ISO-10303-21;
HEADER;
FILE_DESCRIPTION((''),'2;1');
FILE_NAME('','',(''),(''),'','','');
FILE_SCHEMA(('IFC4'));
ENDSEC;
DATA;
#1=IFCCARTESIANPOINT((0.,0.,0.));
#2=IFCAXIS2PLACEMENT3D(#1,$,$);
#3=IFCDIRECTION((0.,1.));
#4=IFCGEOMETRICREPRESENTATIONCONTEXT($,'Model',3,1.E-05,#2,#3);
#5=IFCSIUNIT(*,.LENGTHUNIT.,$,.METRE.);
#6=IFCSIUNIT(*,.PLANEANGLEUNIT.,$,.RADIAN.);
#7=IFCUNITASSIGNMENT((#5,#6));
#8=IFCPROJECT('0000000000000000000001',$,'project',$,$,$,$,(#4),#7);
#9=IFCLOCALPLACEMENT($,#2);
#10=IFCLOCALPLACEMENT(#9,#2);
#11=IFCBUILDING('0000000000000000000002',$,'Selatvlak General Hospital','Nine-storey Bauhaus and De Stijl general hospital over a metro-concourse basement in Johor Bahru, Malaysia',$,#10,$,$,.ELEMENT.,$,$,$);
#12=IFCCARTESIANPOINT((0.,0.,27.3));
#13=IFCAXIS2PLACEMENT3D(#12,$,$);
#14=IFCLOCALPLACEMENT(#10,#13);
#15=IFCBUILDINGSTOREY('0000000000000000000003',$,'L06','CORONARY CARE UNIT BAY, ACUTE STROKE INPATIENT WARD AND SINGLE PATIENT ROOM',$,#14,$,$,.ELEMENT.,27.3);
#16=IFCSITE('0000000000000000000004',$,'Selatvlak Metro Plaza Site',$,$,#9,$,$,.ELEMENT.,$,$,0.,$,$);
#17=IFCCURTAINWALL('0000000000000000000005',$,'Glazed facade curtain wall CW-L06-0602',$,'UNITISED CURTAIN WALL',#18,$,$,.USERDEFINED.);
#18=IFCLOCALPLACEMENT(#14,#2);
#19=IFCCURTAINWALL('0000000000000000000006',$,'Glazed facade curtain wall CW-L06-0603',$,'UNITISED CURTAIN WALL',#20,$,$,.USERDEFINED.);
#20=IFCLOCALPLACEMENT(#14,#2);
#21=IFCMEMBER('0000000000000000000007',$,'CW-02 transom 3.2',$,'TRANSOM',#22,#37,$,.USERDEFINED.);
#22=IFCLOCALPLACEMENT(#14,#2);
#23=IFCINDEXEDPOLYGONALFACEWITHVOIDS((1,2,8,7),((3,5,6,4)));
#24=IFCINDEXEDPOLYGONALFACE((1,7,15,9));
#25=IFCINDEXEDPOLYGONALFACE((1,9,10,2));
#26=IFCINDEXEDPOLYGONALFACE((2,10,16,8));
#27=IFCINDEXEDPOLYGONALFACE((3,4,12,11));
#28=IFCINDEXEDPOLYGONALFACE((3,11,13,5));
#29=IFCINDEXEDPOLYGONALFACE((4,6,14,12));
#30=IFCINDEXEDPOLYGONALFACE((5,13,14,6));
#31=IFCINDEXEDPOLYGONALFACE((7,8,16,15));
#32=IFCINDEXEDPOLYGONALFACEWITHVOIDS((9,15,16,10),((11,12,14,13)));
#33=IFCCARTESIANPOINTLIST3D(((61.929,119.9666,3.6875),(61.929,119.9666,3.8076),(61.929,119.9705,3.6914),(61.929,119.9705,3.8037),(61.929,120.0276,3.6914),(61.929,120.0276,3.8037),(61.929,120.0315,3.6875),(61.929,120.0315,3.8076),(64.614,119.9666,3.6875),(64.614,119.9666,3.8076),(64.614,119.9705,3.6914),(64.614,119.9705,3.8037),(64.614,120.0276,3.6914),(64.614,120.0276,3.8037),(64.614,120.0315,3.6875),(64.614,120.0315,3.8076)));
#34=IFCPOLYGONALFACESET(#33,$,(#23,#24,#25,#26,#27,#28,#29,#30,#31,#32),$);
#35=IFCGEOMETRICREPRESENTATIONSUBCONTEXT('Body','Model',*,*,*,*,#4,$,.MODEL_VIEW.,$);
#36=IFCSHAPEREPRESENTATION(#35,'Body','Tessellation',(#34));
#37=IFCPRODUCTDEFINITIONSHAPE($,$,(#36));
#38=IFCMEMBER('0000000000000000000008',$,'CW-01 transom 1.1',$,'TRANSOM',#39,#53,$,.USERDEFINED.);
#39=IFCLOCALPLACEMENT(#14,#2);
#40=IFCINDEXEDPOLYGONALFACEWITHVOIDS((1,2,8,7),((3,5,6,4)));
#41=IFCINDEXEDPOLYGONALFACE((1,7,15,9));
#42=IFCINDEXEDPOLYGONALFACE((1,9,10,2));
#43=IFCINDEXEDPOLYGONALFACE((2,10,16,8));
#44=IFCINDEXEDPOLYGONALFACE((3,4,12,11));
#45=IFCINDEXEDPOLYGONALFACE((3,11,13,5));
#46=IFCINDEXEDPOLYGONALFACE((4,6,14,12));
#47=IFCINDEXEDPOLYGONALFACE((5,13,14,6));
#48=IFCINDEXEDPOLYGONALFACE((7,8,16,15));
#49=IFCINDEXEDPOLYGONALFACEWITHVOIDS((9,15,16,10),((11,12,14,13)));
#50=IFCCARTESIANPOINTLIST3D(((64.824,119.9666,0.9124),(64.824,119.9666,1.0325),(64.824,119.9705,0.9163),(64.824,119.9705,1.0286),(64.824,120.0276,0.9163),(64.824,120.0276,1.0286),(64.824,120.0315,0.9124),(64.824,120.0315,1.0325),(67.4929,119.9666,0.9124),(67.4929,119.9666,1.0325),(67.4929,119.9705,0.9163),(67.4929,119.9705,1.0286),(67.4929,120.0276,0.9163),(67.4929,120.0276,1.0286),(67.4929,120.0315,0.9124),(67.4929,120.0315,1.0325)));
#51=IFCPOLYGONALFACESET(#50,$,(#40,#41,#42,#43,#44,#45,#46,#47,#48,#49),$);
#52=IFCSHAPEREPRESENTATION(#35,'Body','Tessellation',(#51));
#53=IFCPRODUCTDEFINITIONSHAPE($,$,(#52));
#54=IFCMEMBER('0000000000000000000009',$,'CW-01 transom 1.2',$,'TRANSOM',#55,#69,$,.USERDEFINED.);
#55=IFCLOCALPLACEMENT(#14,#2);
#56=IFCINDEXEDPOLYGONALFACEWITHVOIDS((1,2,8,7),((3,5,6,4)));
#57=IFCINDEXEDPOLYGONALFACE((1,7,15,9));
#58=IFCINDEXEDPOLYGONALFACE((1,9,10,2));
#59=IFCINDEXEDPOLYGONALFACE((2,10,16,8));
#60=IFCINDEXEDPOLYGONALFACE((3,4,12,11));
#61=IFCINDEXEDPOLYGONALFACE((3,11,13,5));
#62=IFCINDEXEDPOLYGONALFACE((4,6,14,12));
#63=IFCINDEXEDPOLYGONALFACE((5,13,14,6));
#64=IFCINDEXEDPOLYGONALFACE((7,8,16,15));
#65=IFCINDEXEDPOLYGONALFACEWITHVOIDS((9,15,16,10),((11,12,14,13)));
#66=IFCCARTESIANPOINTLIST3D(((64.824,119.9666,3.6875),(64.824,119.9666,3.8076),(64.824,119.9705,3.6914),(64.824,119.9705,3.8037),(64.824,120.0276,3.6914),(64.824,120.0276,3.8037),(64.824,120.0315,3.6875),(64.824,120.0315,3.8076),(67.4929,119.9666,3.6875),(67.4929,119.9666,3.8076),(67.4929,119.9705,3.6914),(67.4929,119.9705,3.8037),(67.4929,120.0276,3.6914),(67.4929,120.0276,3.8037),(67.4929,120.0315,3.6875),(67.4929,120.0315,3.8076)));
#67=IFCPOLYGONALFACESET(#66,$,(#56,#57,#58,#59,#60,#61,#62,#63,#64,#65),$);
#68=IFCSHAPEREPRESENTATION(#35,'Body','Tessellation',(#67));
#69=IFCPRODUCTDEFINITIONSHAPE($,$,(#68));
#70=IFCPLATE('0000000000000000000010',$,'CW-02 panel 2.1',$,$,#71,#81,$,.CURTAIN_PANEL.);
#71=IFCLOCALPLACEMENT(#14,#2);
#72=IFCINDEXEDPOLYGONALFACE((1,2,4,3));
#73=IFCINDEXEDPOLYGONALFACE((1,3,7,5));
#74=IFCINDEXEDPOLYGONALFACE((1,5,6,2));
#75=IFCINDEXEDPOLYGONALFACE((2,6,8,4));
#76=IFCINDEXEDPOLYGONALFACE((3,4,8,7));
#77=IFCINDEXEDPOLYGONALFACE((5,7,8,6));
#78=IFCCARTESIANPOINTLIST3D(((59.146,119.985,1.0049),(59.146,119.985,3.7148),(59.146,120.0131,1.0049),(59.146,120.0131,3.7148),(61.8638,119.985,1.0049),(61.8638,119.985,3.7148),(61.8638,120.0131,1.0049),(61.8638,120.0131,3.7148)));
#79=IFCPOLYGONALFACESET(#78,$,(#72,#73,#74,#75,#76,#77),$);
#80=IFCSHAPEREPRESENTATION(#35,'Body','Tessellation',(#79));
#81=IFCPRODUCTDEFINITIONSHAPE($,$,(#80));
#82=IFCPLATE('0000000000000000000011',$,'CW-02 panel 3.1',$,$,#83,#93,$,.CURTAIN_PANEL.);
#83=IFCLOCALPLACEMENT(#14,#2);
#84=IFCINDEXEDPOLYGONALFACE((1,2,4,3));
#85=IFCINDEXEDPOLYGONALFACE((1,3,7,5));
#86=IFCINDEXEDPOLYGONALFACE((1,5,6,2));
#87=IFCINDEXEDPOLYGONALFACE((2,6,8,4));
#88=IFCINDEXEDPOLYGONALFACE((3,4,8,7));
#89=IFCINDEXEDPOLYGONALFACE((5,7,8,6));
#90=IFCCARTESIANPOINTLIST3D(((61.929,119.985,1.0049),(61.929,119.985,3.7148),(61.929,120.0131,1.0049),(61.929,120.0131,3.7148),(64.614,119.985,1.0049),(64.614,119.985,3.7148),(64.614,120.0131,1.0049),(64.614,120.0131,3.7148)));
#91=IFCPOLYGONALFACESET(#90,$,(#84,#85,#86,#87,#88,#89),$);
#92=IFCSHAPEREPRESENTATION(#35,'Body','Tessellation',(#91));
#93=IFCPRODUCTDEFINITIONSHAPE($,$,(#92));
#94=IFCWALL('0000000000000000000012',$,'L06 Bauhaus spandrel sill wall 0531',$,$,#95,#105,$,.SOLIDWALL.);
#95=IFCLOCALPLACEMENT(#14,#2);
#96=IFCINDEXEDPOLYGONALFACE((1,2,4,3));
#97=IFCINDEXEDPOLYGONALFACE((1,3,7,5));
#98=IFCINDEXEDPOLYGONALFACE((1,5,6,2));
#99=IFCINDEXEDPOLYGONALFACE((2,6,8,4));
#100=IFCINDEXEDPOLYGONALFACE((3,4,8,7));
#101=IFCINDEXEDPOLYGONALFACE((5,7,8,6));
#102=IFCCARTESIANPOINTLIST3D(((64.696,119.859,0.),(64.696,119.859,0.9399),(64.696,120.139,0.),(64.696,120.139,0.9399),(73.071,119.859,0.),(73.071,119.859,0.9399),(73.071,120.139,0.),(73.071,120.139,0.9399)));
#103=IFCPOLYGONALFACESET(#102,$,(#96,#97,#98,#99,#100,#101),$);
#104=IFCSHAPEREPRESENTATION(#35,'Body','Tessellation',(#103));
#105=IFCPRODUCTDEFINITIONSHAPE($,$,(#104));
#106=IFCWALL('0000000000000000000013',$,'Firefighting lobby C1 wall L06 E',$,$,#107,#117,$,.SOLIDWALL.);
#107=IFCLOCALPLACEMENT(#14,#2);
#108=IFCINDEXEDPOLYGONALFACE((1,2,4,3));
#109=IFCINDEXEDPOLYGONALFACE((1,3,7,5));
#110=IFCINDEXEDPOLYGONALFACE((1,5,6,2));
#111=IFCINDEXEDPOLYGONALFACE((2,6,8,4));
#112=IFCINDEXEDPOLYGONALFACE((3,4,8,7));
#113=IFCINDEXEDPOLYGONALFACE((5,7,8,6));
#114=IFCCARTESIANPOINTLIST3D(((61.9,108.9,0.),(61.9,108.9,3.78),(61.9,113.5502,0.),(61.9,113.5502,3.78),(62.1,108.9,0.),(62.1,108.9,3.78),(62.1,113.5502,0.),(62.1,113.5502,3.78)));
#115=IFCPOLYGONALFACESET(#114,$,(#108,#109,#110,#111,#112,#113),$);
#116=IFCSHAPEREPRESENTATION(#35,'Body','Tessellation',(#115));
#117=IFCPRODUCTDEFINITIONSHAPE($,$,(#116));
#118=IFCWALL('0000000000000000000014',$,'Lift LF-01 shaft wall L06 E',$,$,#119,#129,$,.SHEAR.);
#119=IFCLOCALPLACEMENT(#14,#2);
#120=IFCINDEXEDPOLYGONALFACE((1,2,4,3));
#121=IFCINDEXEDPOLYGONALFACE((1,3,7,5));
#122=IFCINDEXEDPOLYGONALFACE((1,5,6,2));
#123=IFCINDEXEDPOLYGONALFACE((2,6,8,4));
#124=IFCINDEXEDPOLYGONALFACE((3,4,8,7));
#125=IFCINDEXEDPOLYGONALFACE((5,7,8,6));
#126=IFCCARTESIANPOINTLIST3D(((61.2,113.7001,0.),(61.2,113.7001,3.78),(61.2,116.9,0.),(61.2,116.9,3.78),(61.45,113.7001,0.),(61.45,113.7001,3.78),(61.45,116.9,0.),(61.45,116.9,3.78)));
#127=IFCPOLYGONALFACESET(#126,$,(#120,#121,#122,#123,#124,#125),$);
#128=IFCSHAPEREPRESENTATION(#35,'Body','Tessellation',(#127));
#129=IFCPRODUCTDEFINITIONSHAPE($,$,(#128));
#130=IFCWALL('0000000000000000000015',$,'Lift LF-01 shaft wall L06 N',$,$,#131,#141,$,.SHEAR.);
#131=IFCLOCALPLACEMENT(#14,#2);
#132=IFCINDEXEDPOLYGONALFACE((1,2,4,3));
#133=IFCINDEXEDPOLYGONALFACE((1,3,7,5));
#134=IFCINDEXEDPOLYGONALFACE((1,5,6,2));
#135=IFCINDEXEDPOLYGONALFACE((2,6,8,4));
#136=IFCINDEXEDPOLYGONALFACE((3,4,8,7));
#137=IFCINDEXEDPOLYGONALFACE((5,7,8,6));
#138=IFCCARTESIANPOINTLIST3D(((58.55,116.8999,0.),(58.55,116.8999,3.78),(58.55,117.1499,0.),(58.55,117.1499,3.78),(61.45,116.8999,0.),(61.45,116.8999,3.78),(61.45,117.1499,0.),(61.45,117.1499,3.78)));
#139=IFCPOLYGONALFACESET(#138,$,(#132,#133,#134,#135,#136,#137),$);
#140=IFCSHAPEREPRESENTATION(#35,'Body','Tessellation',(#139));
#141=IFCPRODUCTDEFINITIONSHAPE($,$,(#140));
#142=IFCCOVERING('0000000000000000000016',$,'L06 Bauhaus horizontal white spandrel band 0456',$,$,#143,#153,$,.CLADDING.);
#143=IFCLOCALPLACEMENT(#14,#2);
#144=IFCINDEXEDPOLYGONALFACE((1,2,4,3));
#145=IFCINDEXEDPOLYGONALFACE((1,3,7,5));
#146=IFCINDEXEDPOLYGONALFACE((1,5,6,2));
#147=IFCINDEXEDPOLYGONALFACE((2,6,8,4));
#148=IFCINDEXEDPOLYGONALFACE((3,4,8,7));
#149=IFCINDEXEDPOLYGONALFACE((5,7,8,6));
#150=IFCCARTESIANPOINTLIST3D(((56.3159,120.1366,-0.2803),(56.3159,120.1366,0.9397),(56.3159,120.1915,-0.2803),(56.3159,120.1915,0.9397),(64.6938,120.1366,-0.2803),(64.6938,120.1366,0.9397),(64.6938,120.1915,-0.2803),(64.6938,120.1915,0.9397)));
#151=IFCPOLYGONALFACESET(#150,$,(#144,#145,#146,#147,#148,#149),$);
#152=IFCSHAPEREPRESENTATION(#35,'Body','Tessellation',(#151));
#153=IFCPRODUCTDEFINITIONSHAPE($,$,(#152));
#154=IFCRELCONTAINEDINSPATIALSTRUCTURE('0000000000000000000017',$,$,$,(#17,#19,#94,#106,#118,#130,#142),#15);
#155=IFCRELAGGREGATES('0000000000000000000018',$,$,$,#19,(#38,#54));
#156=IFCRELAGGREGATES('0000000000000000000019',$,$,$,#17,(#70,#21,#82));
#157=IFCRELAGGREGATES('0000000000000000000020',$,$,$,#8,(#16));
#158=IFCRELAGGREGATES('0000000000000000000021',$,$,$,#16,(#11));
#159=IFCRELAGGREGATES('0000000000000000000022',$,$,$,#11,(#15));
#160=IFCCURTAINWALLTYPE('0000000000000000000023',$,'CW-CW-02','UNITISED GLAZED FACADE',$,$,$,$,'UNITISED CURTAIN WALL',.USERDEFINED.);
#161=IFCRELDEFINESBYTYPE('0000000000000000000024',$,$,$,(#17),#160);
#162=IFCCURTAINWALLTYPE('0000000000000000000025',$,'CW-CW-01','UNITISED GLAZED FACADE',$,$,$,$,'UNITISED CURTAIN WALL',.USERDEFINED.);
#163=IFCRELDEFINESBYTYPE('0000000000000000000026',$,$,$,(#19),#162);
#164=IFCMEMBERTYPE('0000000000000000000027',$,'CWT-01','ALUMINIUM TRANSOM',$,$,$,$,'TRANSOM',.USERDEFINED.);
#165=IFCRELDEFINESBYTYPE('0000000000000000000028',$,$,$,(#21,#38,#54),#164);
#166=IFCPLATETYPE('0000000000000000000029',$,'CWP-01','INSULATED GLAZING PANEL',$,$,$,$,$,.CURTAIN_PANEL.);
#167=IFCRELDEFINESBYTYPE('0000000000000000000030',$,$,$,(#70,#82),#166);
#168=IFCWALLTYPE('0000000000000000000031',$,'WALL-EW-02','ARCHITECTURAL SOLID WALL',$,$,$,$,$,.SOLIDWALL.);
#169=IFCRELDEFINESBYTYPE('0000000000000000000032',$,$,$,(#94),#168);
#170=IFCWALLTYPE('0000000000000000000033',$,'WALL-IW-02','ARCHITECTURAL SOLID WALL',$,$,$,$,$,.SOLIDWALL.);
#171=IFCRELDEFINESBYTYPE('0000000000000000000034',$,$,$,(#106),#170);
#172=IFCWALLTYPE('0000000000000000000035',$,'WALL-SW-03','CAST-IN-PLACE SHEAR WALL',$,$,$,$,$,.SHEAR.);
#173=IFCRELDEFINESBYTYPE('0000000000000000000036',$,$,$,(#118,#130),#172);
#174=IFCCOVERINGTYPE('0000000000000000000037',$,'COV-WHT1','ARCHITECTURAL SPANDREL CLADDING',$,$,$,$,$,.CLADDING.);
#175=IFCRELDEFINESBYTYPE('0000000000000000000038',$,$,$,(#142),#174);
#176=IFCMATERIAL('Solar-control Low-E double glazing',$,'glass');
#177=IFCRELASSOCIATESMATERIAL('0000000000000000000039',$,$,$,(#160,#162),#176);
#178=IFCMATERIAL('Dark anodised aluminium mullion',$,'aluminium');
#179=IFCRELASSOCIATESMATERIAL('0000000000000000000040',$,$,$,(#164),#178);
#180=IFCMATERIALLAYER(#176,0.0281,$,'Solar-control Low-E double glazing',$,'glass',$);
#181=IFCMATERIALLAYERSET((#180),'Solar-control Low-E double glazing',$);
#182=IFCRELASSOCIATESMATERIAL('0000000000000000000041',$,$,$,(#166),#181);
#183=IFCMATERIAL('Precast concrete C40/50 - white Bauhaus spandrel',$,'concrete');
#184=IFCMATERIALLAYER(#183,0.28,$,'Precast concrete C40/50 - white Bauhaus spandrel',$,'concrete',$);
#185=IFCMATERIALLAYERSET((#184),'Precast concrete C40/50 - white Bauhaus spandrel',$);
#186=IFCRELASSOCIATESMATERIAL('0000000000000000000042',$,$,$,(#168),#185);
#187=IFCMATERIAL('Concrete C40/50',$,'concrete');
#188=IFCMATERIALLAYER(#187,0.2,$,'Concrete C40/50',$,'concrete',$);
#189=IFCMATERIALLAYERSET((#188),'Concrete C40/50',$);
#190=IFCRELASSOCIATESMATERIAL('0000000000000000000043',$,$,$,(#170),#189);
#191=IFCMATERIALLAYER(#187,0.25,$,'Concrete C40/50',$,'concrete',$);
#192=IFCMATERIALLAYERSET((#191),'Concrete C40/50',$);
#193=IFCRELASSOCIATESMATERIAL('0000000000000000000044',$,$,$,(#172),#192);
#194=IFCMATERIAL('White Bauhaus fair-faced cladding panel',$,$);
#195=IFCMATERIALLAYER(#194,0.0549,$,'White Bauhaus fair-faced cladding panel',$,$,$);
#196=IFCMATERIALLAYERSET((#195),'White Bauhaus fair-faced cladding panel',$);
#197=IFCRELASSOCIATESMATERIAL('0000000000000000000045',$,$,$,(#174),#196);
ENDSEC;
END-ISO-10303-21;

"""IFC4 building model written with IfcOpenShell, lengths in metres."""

from ifc_helpers import new_model, si_unit, direction, frame, frame_2d, origin, origin_2d, place, context, subcontext, project, spatial, rectangle, hollow_rectangle, extrude, material, layer, layer_set, material_profile, profile_set, type_object, element, aggregate, save


model = new_model("IFC4")

# Units and contexts
model_context = context("Model", 3, precision=1e-05, world=origin(), true_north=direction((0.0, 1.0)))
body_context = subcontext(model_context, "Body", "Model", "MODEL_VIEW")
ifc_project = project(units=[si_unit("LENGTHUNIT", "METRE"), si_unit("PLANEANGLEUNIT", "RADIAN")], contexts=[model_context])

# Site, building, storey
site_placement = place(None, origin())
site = spatial("IfcSite", under=ifc_project, at=site_placement, Name="Selatvlak Metro Plaza Site", CompositionType="ELEMENT", RefElevation=0.0)
building_placement = place(site_placement, origin())
building = spatial("IfcBuilding", under=site, at=building_placement, Name="Selatvlak General Hospital", Description="Nine-storey Bauhaus and De Stijl general hospital over a metro-concourse basement in Johor Bahru, Malaysia", CompositionType="ELEMENT")
storey_placement = place(building_placement, frame((0.0, 0.0, 27.3)))
storey = spatial("IfcBuildingStorey", under=building, at=storey_placement, Name="L06", Description="CORONARY CARE UNIT BAY, ACUTE STROKE INPATIENT WARD AND SINGLE PATIENT ROOM", CompositionType="ELEMENT", Elevation=27.3)

# Shared definitions
ifc_material_1 = material(Name="Concrete C40/50", Category="concrete")

# Curtain wall
ifc_material_2 = material(Name="Solar-control Low-E double glazing", Category="glass")
curtain_wall_type_1 = type_object("IfcCurtainWallType", Name="CW-CW-02", Description="UNITISED GLAZED FACADE", ElementType="UNITISED CURTAIN WALL", PredefinedType="USERDEFINED", material=ifc_material_2)
curtain_wall_1_placement = place(storey_placement, origin())
curtain_wall_1 = element("IfcCurtainWall", 1, at=curtain_wall_1_placement, inside=storey, type_object=curtain_wall_type_1, Name="Glazed facade curtain wall CW-L06-0602", ObjectType="UNITISED CURTAIN WALL", PredefinedType="USERDEFINED")
ifc_material_3 = material(Name="Dark anodised aluminium mullion", Category="aluminium")

# Curtain wall
curtain_wall_type_2 = type_object("IfcCurtainWallType", Name="CW-CW-01", Description="UNITISED GLAZED FACADE", ElementType="UNITISED CURTAIN WALL", PredefinedType="USERDEFINED", material=ifc_material_2)
curtain_wall_2_placement = place(storey_placement, origin())
curtain_wall_2 = element("IfcCurtainWall", 2, at=curtain_wall_2_placement, inside=storey, type_object=curtain_wall_type_2, Name="Glazed facade curtain wall CW-L06-0603", ObjectType="UNITISED CURTAIN WALL", PredefinedType="USERDEFINED")

# Members
ifc_material_profile_1 = material_profile(ifc_material_3, hollow_rectangle(XDim=0.0649, YDim=0.1201, WallThickness=0.0039, at=origin_2d()), Name="AL-TRN 65x120x4")
ifc_profile_set_1 = profile_set([ifc_material_profile_1], Name="Dark anodised aluminium mullion")
member_type_1 = type_object("IfcMemberType", Name="CWT-01", Description="ALUMINIUM TRANSOM", ElementType="TRANSOM", PredefinedType="USERDEFINED", material=ifc_profile_set_1)
member_1_placement = place(storey_placement, frame((61.929, 119.999, 3.7476), z_axis=(1.0, 0.0, 0.0), x_axis=(0.0, 1.0, 0.0)))
member_1 = element("IfcMember", 3, at=member_1_placement, type_object=member_type_1, Name="CW-02 transom 3.2", ObjectType="TRANSOM", PredefinedType="USERDEFINED", context=body_context, shape_type="SweptSolid", body=[
    extrude(hollow_rectangle(XDim=0.0649, YDim=0.1201, WallThickness=0.0039, at=origin_2d()), origin(), (0.0, 0.0, 1.0), 2.6851),
])
member_2_placement = place(storey_placement, frame((64.824, 119.999, 0.9724), z_axis=(1.0, 0.0, 0.0), x_axis=(0.0, 1.0, 0.0)))
member_2 = element("IfcMember", 4, at=member_2_placement, type_object=member_type_1, Name="CW-01 transom 1.1", ObjectType="TRANSOM", PredefinedType="USERDEFINED", context=body_context, shape_type="SweptSolid", body=[
    extrude(hollow_rectangle(XDim=0.0649, YDim=0.1201, WallThickness=0.0039, at=origin_2d()), origin(), (0.0, 0.0, 1.0), 2.6689),
])
member_3_placement = place(storey_placement, frame((64.824, 119.999, 3.7476), z_axis=(1.0, 0.0, 0.0), x_axis=(0.0, 1.0, 0.0)))
member_3 = element("IfcMember", 5, at=member_3_placement, type_object=member_type_1, Name="CW-01 transom 1.2", ObjectType="TRANSOM", PredefinedType="USERDEFINED", context=body_context, shape_type="SweptSolid", body=[
    extrude(hollow_rectangle(XDim=0.0649, YDim=0.1201, WallThickness=0.0039, at=origin_2d()), origin(), (0.0, 0.0, 1.0), 2.6689),
])
aggregate(curtain_wall_2, [member_2, member_3])

# Plates
ifc_layer_1 = layer(ifc_material_2, 0.0281, Name="Solar-control Low-E double glazing", Category="glass")
ifc_layer_set_1 = layer_set([ifc_layer_1], Name="Solar-control Low-E double glazing")
plate_type = type_object("IfcPlateType", Name="CWP-01", Description="INSULATED GLAZING PANEL", PredefinedType="CURTAIN_PANEL", material=ifc_layer_set_1)
plate_1_placement = place(storey_placement, frame((60.5049, 119.999, 1.0049), z_axis=(0.0, 0.0, 1.0), x_axis=(1.0, 0.0, 0.0)))
plate_1 = element("IfcPlate", 6, at=plate_1_placement, type_object=plate_type, Name="CW-02 panel 2.1", PredefinedType="CURTAIN_PANEL", context=body_context, shape_type="SweptSolid", body=[
    extrude(rectangle(XDim=2.7178, YDim=0.0281, at=origin_2d()), origin(), (0.0, 0.0, 1.0), 2.71),
])
plate_2_placement = place(storey_placement, frame((63.2715, 119.999, 1.0049), z_axis=(0.0, 0.0, 1.0), x_axis=(1.0, 0.0, 0.0)))
plate_2 = element("IfcPlate", 7, at=plate_2_placement, type_object=plate_type, Name="CW-02 panel 3.1", PredefinedType="CURTAIN_PANEL", context=body_context, shape_type="SweptSolid", body=[
    extrude(rectangle(XDim=2.6851, YDim=0.0281, at=origin_2d()), origin(), (0.0, 0.0, 1.0), 2.71),
])
aggregate(curtain_wall_1, [plate_1, member_1, plate_2])

# Walls
ifc_material_4 = material(Name="Precast concrete C40/50 - white Bauhaus spandrel", Category="concrete")
ifc_layer_2 = layer(ifc_material_4, 0.28, Name="Precast concrete C40/50 - white Bauhaus spandrel", Category="concrete")
ifc_layer_set_2 = layer_set([ifc_layer_2], Name="Precast concrete C40/50 - white Bauhaus spandrel")
wall_type_1 = type_object("IfcWallType", Name="WALL-EW-02", Description="ARCHITECTURAL SOLID WALL", PredefinedType="SOLIDWALL", material=ifc_layer_set_2)
wall_1_placement = place(storey_placement, frame((64.696, 119.999, 0.0), z_axis=(0.0, 0.0, 1.0), x_axis=(1.0, 0.0, 0.0)))
element("IfcWall", 8, at=wall_1_placement, inside=storey, type_object=wall_type_1, Name="L06 Bauhaus spandrel sill wall 0531", PredefinedType="SOLIDWALL", context=body_context, shape_type="SweptSolid", body=[
    extrude(rectangle(XDim=8.375, YDim=0.28, at=frame_2d((4.1875, 0.0))), origin(), (0.0, 0.0, 1.0), 0.9399),
])
ifc_layer_3 = layer(ifc_material_1, 0.2, Name="Concrete C40/50", Category="concrete")
ifc_layer_set_3 = layer_set([ifc_layer_3], Name="Concrete C40/50")
wall_type_2 = type_object("IfcWallType", Name="WALL-IW-02", Description="ARCHITECTURAL SOLID WALL", PredefinedType="SOLIDWALL", material=ifc_layer_set_3)
wall_2_placement = place(storey_placement, frame((62.0, 108.8999, 0.0), z_axis=(0.0, 0.0, 1.0), x_axis=(0.0, 1.0, 0.0)))
element("IfcWall", 9, at=wall_2_placement, inside=storey, type_object=wall_type_2, Name="Firefighting lobby C1 wall L06 E", PredefinedType="SOLIDWALL", context=body_context, shape_type="SweptSolid", body=[
    extrude(rectangle(XDim=4.6501, YDim=0.2, at=frame_2d((2.3252, 0.0))), origin(), (0.0, 0.0, 1.0), 3.78),
])
ifc_layer_4 = layer(ifc_material_1, 0.25, Name="Concrete C40/50", Category="concrete")
ifc_layer_set_4 = layer_set([ifc_layer_4], Name="Concrete C40/50")
wall_type_3 = type_object("IfcWallType", Name="WALL-SW-03", Description="CAST-IN-PLACE SHEAR WALL", PredefinedType="SHEAR", material=ifc_layer_set_4)
wall_3_placement = place(storey_placement, frame((61.325, 113.7, 0.0), z_axis=(0.0, 0.0, 1.0), x_axis=(0.0, 1.0, 0.0)))
element("IfcWall", 10, at=wall_3_placement, inside=storey, type_object=wall_type_3, Name="Lift LF-01 shaft wall L06 E", PredefinedType="SHEAR", context=body_context, shape_type="SweptSolid", body=[
    extrude(rectangle(XDim=3.2, YDim=0.25, at=frame_2d((1.6001, 0.0))), origin(), (0.0, 0.0, 1.0), 3.78),
])
wall_4_placement = place(storey_placement, frame((61.45, 117.0249, 0.0), z_axis=(0.0, 0.0, 1.0), x_axis=(-1.0, 0.0, 0.0)))
element("IfcWall", 11, at=wall_4_placement, inside=storey, type_object=wall_type_3, Name="Lift LF-01 shaft wall L06 N", PredefinedType="SHEAR", context=body_context, shape_type="SweptSolid", body=[
    extrude(rectangle(XDim=2.8999, YDim=0.25, at=frame_2d((1.45, 0.0))), origin(), (0.0, 0.0, 1.0), 3.78),
])

# Covering
ifc_material_5 = material(Name="White Bauhaus fair-faced cladding panel")
ifc_layer_5 = layer(ifc_material_5, 0.0549, Name="White Bauhaus fair-faced cladding panel")
ifc_layer_set_5 = layer_set([ifc_layer_5], Name="White Bauhaus fair-faced cladding panel")
covering_type = type_object("IfcCoveringType", Name="COV-WHT1", Description="ARCHITECTURAL SPANDREL CLADDING", PredefinedType="CLADDING", material=ifc_layer_set_5)
covering_placement = place(storey_placement, frame((60.5049, 120.1641, -0.2803), z_axis=(0.0, 0.0, 1.0), x_axis=(1.0, 0.0, 0.0)))
element("IfcCovering", 12, at=covering_placement, inside=storey, type_object=covering_type, Name="L06 Bauhaus horizontal white spandrel band 0456", PredefinedType="CLADDING", context=body_context, shape_type="SweptSolid", body=[
    extrude(rectangle(XDim=8.3779, YDim=0.0549, at=origin_2d()), origin(), (0.0, 0.0, 1.0), 1.22),
])

save(model, "model.ifc")
